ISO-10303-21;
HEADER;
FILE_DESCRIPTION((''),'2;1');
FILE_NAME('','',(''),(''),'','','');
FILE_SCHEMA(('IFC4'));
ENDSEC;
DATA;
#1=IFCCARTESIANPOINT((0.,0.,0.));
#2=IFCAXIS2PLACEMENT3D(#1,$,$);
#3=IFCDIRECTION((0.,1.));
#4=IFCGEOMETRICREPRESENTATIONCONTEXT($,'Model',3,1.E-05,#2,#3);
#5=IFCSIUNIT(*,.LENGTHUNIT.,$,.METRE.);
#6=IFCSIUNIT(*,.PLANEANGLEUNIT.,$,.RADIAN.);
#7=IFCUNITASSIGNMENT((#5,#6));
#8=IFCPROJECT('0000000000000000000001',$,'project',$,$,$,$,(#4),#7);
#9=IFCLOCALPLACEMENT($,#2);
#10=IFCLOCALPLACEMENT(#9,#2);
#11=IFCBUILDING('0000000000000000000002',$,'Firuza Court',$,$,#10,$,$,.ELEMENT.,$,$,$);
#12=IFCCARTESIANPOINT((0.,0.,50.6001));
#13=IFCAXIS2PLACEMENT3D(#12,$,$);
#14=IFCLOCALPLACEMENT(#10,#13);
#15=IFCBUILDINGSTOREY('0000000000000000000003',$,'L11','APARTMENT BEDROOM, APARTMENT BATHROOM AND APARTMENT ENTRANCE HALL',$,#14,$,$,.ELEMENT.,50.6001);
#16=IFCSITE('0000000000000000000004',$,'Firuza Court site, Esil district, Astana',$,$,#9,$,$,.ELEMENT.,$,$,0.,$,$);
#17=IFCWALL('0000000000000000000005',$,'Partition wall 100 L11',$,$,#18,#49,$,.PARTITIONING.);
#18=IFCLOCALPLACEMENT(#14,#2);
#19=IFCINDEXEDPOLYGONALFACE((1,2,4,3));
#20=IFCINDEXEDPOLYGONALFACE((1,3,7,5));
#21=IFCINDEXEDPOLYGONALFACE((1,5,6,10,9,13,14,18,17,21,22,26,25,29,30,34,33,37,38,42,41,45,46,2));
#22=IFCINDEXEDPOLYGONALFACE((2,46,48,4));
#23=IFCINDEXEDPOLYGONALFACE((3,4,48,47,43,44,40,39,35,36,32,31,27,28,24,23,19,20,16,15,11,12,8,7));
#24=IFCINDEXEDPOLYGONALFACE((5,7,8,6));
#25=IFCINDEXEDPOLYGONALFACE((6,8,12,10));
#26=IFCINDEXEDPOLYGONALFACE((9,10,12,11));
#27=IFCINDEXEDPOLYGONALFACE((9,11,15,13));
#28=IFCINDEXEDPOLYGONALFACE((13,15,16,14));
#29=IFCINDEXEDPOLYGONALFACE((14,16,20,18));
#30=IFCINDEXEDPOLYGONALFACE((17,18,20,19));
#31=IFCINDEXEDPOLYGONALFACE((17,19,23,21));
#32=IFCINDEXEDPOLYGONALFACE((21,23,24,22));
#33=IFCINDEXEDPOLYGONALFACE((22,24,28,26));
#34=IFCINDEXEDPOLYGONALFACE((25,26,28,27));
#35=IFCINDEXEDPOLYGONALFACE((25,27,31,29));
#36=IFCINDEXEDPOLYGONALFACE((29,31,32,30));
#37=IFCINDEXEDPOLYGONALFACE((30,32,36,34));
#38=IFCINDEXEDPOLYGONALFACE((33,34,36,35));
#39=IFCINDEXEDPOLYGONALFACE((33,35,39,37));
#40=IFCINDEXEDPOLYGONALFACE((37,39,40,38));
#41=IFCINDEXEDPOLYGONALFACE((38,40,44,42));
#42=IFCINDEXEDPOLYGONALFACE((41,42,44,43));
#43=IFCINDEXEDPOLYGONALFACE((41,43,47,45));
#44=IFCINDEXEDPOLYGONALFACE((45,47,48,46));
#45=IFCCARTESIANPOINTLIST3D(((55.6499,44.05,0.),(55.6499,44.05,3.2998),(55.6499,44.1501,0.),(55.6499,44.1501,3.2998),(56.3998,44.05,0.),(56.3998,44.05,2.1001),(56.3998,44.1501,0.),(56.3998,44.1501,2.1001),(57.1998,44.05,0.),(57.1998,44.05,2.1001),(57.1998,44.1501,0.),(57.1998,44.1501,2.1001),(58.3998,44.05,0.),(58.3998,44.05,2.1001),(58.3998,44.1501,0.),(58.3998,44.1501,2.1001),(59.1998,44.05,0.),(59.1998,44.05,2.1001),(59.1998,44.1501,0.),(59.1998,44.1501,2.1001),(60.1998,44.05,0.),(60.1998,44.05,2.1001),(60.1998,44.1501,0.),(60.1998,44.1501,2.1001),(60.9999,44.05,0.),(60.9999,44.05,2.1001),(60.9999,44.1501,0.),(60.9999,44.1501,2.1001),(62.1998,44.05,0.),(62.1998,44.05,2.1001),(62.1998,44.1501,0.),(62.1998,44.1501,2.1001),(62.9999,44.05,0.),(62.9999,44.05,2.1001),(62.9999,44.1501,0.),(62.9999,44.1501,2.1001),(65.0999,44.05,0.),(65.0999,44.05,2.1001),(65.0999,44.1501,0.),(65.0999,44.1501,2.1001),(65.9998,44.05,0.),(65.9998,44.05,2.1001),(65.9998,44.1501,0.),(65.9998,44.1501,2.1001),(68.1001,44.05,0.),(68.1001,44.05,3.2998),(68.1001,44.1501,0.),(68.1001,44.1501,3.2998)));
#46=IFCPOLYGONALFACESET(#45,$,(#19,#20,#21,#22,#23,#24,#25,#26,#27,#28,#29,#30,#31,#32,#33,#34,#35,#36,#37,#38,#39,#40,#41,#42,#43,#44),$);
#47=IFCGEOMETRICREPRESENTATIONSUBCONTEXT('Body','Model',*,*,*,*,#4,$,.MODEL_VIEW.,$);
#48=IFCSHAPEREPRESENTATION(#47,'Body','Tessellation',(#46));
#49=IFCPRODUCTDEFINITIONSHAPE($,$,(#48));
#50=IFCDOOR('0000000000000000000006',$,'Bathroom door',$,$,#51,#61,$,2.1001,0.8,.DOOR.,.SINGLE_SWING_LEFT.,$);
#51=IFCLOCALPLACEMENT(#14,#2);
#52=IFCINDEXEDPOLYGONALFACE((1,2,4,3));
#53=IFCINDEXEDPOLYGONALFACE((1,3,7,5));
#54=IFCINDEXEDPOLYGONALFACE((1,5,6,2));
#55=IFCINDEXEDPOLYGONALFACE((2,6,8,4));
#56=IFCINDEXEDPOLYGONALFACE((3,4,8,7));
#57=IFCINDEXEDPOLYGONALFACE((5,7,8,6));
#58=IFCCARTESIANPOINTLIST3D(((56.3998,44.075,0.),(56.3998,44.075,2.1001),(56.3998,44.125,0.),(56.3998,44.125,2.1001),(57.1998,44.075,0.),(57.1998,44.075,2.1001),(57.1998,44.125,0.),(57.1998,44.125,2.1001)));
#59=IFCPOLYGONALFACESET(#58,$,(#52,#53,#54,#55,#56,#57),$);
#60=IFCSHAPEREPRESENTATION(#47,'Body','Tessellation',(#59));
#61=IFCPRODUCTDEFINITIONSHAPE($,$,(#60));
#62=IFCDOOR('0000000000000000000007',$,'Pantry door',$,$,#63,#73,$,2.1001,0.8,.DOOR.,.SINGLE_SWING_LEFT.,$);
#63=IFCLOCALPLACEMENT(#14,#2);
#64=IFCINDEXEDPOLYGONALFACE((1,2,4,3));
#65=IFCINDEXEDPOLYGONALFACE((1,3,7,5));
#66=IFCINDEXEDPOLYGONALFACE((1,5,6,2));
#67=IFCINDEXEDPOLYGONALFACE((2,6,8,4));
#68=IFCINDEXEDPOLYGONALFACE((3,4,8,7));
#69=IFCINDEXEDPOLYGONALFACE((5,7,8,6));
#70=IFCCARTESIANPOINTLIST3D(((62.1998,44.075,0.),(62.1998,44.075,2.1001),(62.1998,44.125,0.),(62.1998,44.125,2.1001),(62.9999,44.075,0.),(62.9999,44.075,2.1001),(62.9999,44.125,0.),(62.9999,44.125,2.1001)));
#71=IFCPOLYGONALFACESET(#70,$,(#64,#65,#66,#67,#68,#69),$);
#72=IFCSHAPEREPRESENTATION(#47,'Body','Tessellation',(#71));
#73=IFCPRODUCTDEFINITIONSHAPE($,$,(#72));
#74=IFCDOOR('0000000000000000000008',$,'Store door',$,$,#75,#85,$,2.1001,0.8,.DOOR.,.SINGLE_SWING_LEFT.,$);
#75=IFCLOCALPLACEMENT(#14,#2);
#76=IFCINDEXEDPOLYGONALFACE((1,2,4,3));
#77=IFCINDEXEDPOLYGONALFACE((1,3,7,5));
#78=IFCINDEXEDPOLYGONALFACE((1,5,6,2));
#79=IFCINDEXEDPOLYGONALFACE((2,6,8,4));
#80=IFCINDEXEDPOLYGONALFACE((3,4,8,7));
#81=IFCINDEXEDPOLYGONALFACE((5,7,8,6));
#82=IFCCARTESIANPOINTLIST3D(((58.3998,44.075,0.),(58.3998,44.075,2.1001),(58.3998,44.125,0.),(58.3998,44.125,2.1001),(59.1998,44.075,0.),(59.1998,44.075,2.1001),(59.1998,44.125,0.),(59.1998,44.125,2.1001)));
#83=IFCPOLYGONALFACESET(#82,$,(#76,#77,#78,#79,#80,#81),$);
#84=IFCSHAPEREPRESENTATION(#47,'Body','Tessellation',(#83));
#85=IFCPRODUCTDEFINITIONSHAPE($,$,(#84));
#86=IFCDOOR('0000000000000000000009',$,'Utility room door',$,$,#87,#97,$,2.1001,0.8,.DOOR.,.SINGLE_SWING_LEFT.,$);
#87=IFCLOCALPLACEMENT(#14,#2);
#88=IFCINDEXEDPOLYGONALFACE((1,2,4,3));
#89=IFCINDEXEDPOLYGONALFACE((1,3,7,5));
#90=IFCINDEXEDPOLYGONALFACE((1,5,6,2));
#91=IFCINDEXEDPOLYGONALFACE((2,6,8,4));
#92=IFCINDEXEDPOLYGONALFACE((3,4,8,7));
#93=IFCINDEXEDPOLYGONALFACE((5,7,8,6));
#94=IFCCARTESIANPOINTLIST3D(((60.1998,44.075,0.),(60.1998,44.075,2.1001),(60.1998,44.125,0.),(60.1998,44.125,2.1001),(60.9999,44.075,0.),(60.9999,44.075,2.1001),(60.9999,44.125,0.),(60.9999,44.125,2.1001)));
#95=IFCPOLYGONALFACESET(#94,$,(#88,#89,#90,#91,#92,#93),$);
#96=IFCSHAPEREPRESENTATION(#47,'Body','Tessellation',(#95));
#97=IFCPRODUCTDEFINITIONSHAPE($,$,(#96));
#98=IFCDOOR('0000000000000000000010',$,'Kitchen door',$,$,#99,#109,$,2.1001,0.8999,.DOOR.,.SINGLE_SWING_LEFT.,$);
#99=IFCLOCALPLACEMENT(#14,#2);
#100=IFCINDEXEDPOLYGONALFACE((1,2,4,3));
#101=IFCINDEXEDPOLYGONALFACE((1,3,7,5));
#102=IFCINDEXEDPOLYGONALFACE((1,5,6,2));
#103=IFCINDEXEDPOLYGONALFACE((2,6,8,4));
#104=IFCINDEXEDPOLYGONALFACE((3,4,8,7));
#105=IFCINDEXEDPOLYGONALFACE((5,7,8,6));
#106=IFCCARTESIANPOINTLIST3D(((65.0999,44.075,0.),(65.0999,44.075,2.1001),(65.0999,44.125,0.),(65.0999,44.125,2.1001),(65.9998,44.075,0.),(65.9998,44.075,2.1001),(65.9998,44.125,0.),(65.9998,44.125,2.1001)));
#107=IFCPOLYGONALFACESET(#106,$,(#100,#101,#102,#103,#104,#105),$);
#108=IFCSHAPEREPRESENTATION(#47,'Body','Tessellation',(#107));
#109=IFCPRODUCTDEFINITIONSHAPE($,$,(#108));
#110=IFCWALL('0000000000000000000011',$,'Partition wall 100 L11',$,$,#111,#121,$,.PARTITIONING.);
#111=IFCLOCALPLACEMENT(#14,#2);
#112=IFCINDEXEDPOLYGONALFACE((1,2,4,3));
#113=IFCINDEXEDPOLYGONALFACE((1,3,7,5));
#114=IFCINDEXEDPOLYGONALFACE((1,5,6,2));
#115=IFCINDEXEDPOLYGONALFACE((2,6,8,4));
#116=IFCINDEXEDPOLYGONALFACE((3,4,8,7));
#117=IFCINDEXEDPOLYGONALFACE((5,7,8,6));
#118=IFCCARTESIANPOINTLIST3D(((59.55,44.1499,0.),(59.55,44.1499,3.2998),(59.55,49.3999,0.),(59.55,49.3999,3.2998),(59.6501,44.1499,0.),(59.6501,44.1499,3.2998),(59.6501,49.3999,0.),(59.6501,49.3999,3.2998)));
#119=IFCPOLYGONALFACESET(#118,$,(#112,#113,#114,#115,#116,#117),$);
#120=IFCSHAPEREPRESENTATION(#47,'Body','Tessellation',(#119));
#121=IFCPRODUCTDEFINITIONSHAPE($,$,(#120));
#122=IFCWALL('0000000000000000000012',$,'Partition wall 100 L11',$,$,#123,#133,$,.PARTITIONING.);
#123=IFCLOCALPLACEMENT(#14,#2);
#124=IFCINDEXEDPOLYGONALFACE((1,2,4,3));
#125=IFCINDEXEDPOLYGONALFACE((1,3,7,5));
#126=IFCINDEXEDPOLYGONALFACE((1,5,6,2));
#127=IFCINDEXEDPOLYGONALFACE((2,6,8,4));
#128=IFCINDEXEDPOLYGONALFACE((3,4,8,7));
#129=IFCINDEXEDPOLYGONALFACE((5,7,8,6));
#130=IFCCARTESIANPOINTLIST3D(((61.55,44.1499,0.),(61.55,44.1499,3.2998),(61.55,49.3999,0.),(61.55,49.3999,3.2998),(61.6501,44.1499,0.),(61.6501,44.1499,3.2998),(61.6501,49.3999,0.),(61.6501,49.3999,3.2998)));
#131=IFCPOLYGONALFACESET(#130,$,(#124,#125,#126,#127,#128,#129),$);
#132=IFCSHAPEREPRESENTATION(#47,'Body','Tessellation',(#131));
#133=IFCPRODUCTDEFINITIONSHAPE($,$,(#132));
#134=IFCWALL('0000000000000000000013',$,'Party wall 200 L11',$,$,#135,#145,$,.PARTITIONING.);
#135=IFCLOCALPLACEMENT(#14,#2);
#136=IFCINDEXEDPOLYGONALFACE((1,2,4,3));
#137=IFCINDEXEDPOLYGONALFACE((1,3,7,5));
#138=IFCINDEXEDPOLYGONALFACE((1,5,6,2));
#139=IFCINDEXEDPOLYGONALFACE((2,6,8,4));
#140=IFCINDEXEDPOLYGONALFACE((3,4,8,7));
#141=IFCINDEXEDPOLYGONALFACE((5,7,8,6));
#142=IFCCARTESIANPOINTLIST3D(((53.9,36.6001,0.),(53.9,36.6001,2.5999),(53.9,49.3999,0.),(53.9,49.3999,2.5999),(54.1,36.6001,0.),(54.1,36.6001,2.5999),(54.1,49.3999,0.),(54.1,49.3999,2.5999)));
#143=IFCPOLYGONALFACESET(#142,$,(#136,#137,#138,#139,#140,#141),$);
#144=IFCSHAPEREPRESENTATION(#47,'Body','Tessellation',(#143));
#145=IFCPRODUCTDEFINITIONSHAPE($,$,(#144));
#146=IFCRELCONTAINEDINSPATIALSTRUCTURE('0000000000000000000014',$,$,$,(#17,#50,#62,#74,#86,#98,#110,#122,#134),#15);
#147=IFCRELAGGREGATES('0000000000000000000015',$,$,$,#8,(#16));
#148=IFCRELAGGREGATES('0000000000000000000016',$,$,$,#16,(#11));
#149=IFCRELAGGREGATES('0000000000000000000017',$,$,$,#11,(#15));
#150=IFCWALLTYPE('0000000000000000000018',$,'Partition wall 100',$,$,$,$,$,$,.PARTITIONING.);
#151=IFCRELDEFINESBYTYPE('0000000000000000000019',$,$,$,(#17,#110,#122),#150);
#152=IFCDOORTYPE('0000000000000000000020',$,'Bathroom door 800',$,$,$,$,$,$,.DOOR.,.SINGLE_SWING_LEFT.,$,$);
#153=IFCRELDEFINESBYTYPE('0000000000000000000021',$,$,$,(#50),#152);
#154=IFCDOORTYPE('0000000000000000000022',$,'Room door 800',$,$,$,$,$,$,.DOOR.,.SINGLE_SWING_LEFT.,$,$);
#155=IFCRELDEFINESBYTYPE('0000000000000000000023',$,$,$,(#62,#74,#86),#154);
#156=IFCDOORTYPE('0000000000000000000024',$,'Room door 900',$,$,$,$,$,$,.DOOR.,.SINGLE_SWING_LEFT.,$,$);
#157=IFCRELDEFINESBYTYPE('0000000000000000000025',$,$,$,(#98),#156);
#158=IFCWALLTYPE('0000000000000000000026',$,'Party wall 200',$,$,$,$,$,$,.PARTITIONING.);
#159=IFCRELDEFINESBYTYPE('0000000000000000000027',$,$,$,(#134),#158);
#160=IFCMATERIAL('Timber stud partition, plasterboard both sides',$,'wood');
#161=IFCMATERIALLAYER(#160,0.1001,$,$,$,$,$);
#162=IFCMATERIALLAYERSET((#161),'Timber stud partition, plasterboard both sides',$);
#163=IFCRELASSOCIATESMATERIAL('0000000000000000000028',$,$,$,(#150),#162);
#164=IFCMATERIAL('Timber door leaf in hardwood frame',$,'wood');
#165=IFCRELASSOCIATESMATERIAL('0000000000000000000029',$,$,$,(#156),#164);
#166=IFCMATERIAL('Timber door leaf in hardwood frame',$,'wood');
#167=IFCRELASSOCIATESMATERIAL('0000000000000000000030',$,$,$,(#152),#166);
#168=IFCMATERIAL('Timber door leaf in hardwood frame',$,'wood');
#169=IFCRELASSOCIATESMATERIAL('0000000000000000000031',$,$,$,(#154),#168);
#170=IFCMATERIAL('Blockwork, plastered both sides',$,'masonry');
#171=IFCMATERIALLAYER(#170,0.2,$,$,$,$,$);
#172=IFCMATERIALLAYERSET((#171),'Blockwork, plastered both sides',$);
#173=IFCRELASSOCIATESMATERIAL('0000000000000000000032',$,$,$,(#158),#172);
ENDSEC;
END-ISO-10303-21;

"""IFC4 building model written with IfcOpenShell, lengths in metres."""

from ifc_helpers import new_model, si_unit, direction, frame, frame_2d, origin, place, context, subcontext, project, spatial, rectangle, extrude, material, layer, layer_set, type_object, element, fill, save


model = new_model("IFC4")

# Units and contexts
model_context = context("Model", 3, precision=1e-05, world=origin(), true_north=direction((0.0, 1.0)))
body_context = subcontext(model_context, "Body", "Model", "MODEL_VIEW")
ifc_project = project(units=[si_unit("LENGTHUNIT", "METRE"), si_unit("PLANEANGLEUNIT", "RADIAN")], contexts=[model_context])

# Site, building, storey
site_placement = place(None, origin())
site = spatial("IfcSite", under=ifc_project, at=site_placement, Name="Firuza Court site, Esil district, Astana", CompositionType="ELEMENT", RefElevation=0.0)
building_placement = place(site_placement, origin())
building = spatial("IfcBuilding", under=site, at=building_placement, Name="Firuza Court", CompositionType="ELEMENT")
storey_placement = place(building_placement, frame((0.0, 0.0, 50.6001)))
storey = spatial("IfcBuildingStorey", under=building, at=storey_placement, Name="L11", Description="APARTMENT BEDROOM, APARTMENT BATHROOM AND APARTMENT ENTRANCE HALL", CompositionType="ELEMENT", Elevation=50.6001)

# Shared definitions
ifc_material_1 = material(Name="Timber stud partition, plasterboard both sides", Category="wood")
ifc_layer_1 = layer(ifc_material_1, 0.1001)
ifc_layer_set_1 = layer_set([ifc_layer_1], Name="Timber stud partition, plasterboard both sides")
wall_type_1 = type_object("IfcWallType", Name="Partition wall 100", PredefinedType="PARTITIONING", material=ifc_layer_set_1)

# Wall, openings, doors
ifc_material_2 = material(Name="Timber door leaf in hardwood frame", Category="wood")
door_type_1 = type_object("IfcDoorType", Name="Room door 900", OperationType="SINGLE_SWING_LEFT", PredefinedType="DOOR", material=ifc_material_2)
wall_1_placement = place(storey_placement, frame((55.6499, 44.1001, 0.0), z_axis=(0.0, 0.0, 1.0), x_axis=(1.0, 0.0, 0.0)))
wall_1 = element("IfcWall", 1, at=wall_1_placement, inside=storey, type_object=wall_type_1, Name="Partition wall 100 L11", PredefinedType="PARTITIONING", context=body_context, shape_type="SweptSolid", body=[
    extrude(rectangle(XDim=12.4502, YDim=0.1001, at=frame_2d((6.2251, 0.0))), origin(), (0.0, 0.0, 1.0), 3.2998),
])
opening_1_placement = place(wall_1_placement, frame((0.75, 0.0, 0.0)))
opening_1 = element("IfcOpeningElement", 2, at=opening_1_placement, cuts=wall_1, PredefinedType="OPENING", context=body_context, shape_type="SweptSolid", body=[
    extrude(rectangle(XDim=0.8, YDim=2.1001, at=frame_2d((0.3999, 1.05))), frame((0.0, 0.062, 0.0), z_axis=(0.0, -1.0, 0.0), x_axis=(1.0, 0.0, 0.0)), (0.0, 0.0, 1.0), 0.124),
])
opening_2_placement = place(wall_1_placement, frame((9.45, 0.0, 0.0)))
opening_2 = element("IfcOpeningElement", 3, at=opening_2_placement, cuts=wall_1, PredefinedType="OPENING", context=body_context, shape_type="SweptSolid", body=[
    extrude(rectangle(XDim=0.8999, YDim=2.1001, at=frame_2d((0.45, 1.05))), frame((0.0, 0.062, 0.0), z_axis=(0.0, -1.0, 0.0), x_axis=(1.0, 0.0, 0.0)), (0.0, 0.0, 1.0), 0.124),
])
opening_3_placement = place(wall_1_placement, frame((6.55, 0.0, 0.0)))
opening_3 = element("IfcOpeningElement", 4, at=opening_3_placement, cuts=wall_1, PredefinedType="OPENING", context=body_context, shape_type="SweptSolid", body=[
    extrude(rectangle(XDim=0.8, YDim=2.1001, at=frame_2d((0.3999, 1.05))), frame((0.0, 0.062, 0.0), z_axis=(0.0, -1.0, 0.0), x_axis=(1.0, 0.0, 0.0)), (0.0, 0.0, 1.0), 0.124),
])
opening_4_placement = place(wall_1_placement, frame((2.75, 0.0, 0.0)))
opening_4 = element("IfcOpeningElement", 5, at=opening_4_placement, cuts=wall_1, PredefinedType="OPENING", context=body_context, shape_type="SweptSolid", body=[
    extrude(rectangle(XDim=0.8, YDim=2.1001, at=frame_2d((0.3999, 1.05))), frame((0.0, 0.062, 0.0), z_axis=(0.0, -1.0, 0.0), x_axis=(1.0, 0.0, 0.0)), (0.0, 0.0, 1.0), 0.124),
])
opening_5_placement = place(wall_1_placement, frame((4.55, 0.0, 0.0)))
opening_5 = element("IfcOpeningElement", 6, at=opening_5_placement, cuts=wall_1, PredefinedType="OPENING", context=body_context, shape_type="SweptSolid", body=[
    extrude(rectangle(XDim=0.8, YDim=2.1001, at=frame_2d((0.3999, 1.05))), frame((0.0, 0.062, 0.0), z_axis=(0.0, -1.0, 0.0), x_axis=(1.0, 0.0, 0.0)), (0.0, 0.0, 1.0), 0.124),
])
ifc_material_3 = material(Name="Timber door leaf in hardwood frame", Category="wood")
door_type_2 = type_object("IfcDoorType", Name="Bathroom door 800", OperationType="SINGLE_SWING_LEFT", PredefinedType="DOOR", material=ifc_material_3)
door_1_placement = place(opening_1_placement, origin())
door_1 = element("IfcDoor", 7, at=door_1_placement, inside=storey, type_object=door_type_2, Name="Bathroom door", OperationType="SINGLE_SWING_LEFT", OverallHeight=2.1001, OverallWidth=0.8, PredefinedType="DOOR", context=body_context, shape_type="SweptSolid", body=[
    extrude(rectangle(XDim=0.8, YDim=2.1001, at=frame_2d((0.3999, 1.05))), frame((0.0, 0.0249, 0.0), z_axis=(0.0, -1.0, 0.0), x_axis=(1.0, 0.0, 0.0)), (0.0, 0.0, 1.0), 0.05),
])
fill(opening_1, door_1)
ifc_material_4 = material(Name="Timber door leaf in hardwood frame", Category="wood")
door_type_3 = type_object("IfcDoorType", Name="Room door 800", OperationType="SINGLE_SWING_LEFT", PredefinedType="DOOR", material=ifc_material_4)
door_2_placement = place(opening_3_placement, origin())
door_2 = element("IfcDoor", 8, at=door_2_placement, inside=storey, type_object=door_type_3, Name="Pantry door", OperationType="SINGLE_SWING_LEFT", OverallHeight=2.1001, OverallWidth=0.8, PredefinedType="DOOR", context=body_context, shape_type="SweptSolid", body=[
    extrude(rectangle(XDim=0.8, YDim=2.1001, at=frame_2d((0.3999, 1.05))), frame((0.0, 0.0249, 0.0), z_axis=(0.0, -1.0, 0.0), x_axis=(1.0, 0.0, 0.0)), (0.0, 0.0, 1.0), 0.05),
])
fill(opening_3, door_2)
door_3_placement = place(opening_4_placement, origin())
door_3 = element("IfcDoor", 9, at=door_3_placement, inside=storey, type_object=door_type_3, Name="Store door", OperationType="SINGLE_SWING_LEFT", OverallHeight=2.1001, OverallWidth=0.8, PredefinedType="DOOR", context=body_context, shape_type="SweptSolid", body=[
    extrude(rectangle(XDim=0.8, YDim=2.1001, at=frame_2d((0.3999, 1.05))), frame((0.0, 0.0249, 0.0), z_axis=(0.0, -1.0, 0.0), x_axis=(1.0, 0.0, 0.0)), (0.0, 0.0, 1.0), 0.05),
])
fill(opening_4, door_3)
door_4_placement = place(opening_5_placement, origin())
door_4 = element("IfcDoor", 10, at=door_4_placement, inside=storey, type_object=door_type_3, Name="Utility room door", OperationType="SINGLE_SWING_LEFT", OverallHeight=2.1001, OverallWidth=0.8, PredefinedType="DOOR", context=body_context, shape_type="SweptSolid", body=[
    extrude(rectangle(XDim=0.8, YDim=2.1001, at=frame_2d((0.3999, 1.05))), frame((0.0, 0.0249, 0.0), z_axis=(0.0, -1.0, 0.0), x_axis=(1.0, 0.0, 0.0)), (0.0, 0.0, 1.0), 0.05),
])
fill(opening_5, door_4)
door_5_placement = place(opening_2_placement, origin())
door_5 = element("IfcDoor", 11, at=door_5_placement, inside=storey, type_object=door_type_1, Name="Kitchen door", OperationType="SINGLE_SWING_LEFT", OverallHeight=2.1001, OverallWidth=0.8999, PredefinedType="DOOR", context=body_context, shape_type="SweptSolid", body=[
    extrude(rectangle(XDim=0.8999, YDim=2.1001, at=frame_2d((0.45, 1.05))), frame((0.0, 0.0249, 0.0), z_axis=(0.0, -1.0, 0.0), x_axis=(1.0, 0.0, 0.0)), (0.0, 0.0, 1.0), 0.05),
])
fill(opening_2, door_5)

# Walls
for number, where, z_axis, x_axis, name in (
    (12, (59.6001, 44.1499, 0.0), (0.0, 0.0, 1.0), (0.0, 1.0, 0.0), "Partition wall 100 L11"),
    (13, (61.6001, 44.1499, 0.0), (0.0, 0.0, 1.0), (0.0, 1.0, 0.0), "Partition wall 100 L11"),
):
    element("IfcWall", number, at=place(storey_placement, frame(where, z_axis=z_axis, x_axis=x_axis)), inside=storey, type_object=wall_type_1, Name=name, PredefinedType="PARTITIONING", context=body_context, shape_type="SweptSolid", body=[
        extrude(rectangle(XDim=5.25, YDim=0.1001, at=frame_2d((2.625, 0.0))), origin(), (0.0, 0.0, 1.0), 3.2998),
    ])
ifc_material_5 = material(Name="Blockwork, plastered both sides", Category="masonry")
ifc_layer_2 = layer(ifc_material_5, 0.2)
ifc_layer_set_2 = layer_set([ifc_layer_2], Name="Blockwork, plastered both sides")
wall_type_2 = type_object("IfcWallType", Name="Party wall 200", PredefinedType="PARTITIONING", material=ifc_layer_set_2)
wall_2_placement = place(storey_placement, frame((54.0, 36.6001, 0.0), z_axis=(0.0, 0.0, 1.0), x_axis=(0.0, 1.0, 0.0)))
element("IfcWall", 14, at=wall_2_placement, inside=storey, type_object=wall_type_2, Name="Party wall 200 L11", PredefinedType="PARTITIONING", context=body_context, shape_type="SweptSolid", body=[
    extrude(rectangle(XDim=12.7998, YDim=0.2, at=frame_2d((6.3999, 0.0))), origin(), (0.0, 0.0, 1.0), 2.5999),
])

save(model, "model.ifc")
